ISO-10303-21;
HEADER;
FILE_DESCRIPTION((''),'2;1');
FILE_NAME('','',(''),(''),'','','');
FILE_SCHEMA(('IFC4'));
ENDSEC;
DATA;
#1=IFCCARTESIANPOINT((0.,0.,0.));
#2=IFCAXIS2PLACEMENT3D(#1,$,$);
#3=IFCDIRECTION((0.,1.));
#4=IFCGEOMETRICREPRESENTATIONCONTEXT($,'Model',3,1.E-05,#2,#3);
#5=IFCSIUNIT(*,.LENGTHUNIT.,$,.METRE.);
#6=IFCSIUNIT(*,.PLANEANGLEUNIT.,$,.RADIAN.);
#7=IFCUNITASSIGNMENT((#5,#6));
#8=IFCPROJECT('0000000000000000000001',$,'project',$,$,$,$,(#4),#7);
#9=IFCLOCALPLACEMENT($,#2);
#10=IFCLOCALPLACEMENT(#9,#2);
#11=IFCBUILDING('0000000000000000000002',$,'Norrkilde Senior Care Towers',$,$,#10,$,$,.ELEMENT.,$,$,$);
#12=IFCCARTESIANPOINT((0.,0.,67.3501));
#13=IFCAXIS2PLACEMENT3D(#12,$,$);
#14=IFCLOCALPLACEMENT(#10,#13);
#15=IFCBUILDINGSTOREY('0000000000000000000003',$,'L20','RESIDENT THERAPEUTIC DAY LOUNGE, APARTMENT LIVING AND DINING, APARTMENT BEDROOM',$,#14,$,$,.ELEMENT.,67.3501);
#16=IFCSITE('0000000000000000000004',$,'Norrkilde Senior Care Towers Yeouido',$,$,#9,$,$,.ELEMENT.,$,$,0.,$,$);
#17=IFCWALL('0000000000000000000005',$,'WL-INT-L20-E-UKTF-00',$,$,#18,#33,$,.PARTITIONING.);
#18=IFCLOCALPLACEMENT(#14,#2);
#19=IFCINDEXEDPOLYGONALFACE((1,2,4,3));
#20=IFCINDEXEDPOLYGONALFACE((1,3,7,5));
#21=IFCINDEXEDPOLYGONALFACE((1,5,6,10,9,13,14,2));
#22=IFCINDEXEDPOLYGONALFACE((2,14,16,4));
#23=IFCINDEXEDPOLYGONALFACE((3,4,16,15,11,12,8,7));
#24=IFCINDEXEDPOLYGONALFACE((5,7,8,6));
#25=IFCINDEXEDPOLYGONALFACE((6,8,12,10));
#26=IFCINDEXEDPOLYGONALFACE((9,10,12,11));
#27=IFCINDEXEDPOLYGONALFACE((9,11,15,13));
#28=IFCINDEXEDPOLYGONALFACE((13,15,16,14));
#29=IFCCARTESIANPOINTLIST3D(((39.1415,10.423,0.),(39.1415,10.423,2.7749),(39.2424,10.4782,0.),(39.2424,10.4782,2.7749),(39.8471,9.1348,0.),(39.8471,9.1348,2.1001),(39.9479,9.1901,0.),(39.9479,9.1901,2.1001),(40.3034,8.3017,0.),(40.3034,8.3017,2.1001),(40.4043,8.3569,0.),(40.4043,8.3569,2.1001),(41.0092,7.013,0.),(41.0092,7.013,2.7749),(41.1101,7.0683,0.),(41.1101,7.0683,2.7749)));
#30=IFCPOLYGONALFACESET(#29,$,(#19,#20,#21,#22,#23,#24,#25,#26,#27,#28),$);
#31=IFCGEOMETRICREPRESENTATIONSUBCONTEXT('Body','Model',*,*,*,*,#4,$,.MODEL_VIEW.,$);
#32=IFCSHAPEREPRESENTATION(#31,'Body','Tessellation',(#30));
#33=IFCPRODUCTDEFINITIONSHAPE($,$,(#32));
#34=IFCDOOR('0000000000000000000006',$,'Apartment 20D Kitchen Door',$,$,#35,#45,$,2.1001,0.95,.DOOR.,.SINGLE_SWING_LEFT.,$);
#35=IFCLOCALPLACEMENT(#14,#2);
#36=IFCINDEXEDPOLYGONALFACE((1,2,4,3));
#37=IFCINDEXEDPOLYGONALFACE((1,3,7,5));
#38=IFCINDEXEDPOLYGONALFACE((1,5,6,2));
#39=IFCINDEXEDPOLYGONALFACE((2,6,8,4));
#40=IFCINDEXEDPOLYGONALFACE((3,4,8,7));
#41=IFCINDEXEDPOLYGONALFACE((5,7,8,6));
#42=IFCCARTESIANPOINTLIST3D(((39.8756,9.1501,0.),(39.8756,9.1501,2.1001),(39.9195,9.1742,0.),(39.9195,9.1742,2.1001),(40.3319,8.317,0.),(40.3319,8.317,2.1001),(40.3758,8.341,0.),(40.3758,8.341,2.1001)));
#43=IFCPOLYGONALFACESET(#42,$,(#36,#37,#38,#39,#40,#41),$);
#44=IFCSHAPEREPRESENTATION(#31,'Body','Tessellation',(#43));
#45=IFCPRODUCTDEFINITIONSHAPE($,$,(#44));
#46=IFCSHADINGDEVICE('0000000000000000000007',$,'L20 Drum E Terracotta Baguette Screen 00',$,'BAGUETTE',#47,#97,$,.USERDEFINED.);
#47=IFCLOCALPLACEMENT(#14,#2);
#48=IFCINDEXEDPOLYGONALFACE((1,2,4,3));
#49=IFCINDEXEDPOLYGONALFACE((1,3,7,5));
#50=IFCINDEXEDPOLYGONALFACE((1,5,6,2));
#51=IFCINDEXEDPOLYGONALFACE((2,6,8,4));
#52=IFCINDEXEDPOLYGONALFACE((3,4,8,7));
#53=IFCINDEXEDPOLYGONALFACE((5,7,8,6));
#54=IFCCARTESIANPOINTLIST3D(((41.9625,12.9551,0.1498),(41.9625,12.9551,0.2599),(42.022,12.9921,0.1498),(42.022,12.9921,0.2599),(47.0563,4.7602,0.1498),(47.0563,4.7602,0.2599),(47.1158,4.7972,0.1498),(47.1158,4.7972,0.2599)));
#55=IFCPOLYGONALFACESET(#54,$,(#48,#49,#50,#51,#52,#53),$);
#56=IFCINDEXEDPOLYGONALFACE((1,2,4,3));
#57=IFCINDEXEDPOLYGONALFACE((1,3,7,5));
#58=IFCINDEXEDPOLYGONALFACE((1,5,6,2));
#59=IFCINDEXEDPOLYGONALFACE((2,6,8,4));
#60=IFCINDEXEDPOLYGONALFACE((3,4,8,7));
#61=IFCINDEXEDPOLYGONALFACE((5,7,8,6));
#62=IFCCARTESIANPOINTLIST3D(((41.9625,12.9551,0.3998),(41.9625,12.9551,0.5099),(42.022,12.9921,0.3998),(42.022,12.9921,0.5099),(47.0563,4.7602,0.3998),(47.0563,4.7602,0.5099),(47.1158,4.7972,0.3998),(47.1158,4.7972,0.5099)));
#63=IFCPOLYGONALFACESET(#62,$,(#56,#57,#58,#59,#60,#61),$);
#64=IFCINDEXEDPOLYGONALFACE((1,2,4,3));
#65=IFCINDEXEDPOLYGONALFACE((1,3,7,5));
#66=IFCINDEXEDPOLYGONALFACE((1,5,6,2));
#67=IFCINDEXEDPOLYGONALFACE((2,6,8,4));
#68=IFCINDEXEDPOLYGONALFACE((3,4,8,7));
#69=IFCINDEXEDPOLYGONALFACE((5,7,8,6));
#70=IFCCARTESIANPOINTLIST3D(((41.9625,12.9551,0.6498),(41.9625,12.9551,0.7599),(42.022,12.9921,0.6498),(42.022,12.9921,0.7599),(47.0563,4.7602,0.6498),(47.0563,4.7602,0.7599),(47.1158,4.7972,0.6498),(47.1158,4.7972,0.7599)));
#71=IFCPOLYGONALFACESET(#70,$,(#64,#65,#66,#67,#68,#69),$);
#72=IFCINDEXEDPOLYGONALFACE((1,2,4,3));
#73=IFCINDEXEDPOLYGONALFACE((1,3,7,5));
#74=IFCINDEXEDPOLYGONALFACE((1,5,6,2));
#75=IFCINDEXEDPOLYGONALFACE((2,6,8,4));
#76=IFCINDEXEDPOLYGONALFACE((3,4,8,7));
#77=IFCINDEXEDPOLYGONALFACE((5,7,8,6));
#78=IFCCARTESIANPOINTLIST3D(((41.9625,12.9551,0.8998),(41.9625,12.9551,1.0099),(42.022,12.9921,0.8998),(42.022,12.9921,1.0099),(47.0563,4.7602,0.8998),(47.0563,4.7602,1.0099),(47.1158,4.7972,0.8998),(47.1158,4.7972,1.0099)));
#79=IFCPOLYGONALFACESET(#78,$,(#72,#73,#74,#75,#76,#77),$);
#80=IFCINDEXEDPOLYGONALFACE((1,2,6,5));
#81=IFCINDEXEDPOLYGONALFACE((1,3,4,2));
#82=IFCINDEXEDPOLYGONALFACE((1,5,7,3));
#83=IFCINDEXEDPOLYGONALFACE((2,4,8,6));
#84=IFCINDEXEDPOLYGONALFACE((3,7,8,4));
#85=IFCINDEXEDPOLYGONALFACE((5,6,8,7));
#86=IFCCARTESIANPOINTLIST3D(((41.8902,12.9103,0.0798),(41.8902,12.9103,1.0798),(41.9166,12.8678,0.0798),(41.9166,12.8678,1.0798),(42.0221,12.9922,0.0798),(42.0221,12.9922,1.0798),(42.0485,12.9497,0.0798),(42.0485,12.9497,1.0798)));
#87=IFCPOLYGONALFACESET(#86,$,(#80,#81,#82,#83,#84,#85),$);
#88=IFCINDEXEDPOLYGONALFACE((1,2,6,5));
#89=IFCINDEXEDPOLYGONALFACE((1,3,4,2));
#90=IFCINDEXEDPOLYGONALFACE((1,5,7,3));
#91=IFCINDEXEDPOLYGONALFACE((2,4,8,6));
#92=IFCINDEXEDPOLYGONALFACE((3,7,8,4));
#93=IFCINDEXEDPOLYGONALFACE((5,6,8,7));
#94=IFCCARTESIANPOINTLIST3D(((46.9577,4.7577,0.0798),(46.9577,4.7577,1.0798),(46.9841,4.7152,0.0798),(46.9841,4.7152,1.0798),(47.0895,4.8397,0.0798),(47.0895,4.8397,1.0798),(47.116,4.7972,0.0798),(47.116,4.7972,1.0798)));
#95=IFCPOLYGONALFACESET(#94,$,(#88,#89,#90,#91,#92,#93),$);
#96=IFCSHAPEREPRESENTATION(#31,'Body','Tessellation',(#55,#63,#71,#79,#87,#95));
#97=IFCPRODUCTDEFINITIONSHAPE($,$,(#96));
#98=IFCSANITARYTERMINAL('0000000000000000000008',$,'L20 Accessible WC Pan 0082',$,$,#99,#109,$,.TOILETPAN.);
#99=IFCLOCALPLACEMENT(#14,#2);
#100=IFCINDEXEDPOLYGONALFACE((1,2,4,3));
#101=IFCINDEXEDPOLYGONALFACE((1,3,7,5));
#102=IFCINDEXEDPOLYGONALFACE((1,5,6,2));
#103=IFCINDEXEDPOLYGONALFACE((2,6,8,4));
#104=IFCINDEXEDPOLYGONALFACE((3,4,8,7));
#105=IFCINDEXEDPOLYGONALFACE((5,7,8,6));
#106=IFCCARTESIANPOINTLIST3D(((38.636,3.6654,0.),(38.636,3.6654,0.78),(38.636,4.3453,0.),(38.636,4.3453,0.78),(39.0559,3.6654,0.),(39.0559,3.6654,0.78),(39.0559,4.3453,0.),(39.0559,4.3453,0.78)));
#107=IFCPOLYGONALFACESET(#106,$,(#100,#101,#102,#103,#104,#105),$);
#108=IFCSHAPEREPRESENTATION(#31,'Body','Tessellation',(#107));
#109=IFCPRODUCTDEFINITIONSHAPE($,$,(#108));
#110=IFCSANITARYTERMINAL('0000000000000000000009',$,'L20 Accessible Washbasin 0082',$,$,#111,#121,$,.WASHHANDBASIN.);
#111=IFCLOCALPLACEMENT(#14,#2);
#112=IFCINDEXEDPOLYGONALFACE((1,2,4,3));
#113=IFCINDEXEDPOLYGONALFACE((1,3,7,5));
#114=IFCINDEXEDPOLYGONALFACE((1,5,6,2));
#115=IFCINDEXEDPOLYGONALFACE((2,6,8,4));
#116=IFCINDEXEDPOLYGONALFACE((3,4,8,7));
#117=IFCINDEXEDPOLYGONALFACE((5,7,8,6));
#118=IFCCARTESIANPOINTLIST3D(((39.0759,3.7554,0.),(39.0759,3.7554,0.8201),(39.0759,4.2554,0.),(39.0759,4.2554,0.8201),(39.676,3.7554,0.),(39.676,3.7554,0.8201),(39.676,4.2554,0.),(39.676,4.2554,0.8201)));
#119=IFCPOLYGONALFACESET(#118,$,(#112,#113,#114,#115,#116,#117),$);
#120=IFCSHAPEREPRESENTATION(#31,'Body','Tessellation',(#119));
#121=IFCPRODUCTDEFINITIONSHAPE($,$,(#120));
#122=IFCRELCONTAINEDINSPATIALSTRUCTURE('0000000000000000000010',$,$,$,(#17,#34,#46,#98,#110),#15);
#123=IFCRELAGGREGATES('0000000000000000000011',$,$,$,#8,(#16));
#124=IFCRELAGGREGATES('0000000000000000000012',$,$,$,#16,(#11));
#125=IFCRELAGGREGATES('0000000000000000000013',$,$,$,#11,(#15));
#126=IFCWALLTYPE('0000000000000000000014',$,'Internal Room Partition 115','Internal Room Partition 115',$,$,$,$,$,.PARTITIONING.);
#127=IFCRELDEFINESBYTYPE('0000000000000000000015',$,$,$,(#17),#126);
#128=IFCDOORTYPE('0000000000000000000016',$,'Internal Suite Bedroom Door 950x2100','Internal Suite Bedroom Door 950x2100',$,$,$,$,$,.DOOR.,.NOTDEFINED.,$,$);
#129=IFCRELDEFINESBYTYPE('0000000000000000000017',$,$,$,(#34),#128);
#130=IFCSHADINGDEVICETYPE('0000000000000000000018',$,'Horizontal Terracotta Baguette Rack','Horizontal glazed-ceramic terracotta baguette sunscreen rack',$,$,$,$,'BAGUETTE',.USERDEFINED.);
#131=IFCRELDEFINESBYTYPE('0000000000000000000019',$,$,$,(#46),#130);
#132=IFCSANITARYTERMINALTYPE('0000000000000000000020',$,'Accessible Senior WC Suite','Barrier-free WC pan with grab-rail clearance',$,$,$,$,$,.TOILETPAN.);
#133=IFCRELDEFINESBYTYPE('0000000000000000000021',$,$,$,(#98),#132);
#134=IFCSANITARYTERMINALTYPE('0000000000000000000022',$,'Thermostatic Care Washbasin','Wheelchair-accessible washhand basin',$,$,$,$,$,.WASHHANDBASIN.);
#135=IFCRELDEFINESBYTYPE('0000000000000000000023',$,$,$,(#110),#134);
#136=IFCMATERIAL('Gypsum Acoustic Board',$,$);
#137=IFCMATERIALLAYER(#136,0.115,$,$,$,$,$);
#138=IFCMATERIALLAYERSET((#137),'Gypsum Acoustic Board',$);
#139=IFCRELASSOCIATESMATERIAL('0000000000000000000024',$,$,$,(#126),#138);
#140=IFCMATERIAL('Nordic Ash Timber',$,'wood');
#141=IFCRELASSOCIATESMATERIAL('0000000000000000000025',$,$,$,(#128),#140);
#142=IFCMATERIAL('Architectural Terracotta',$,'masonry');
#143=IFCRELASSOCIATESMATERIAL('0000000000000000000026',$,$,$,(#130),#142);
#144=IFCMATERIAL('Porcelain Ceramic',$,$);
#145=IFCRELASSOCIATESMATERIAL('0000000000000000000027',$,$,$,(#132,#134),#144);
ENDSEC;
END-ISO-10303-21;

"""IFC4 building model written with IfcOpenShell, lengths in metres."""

from ifc_helpers import new_model, si_unit, direction, frame, frame_2d, origin, origin_2d, place, context, subcontext, project, spatial, rectangle, extrude, source, transform, mapped, material, layer, layer_set, type_object, type_shapes, element, fill, save


model = new_model("IFC4")

# Units and contexts
model_context = context("Model", 3, precision=1e-05, world=origin(), true_north=direction((0.0, 1.0)))
body_context = subcontext(model_context, "Body", "Model", "MODEL_VIEW")
ifc_project = project(units=[si_unit("LENGTHUNIT", "METRE"), si_unit("PLANEANGLEUNIT", "RADIAN")], contexts=[model_context])

# Site, building, storey
site_placement = place(None, origin())
site = spatial("IfcSite", under=ifc_project, at=site_placement, Name="Norrkilde Senior Care Towers Yeouido", CompositionType="ELEMENT", RefElevation=0.0)
building_placement = place(site_placement, origin())
building = spatial("IfcBuilding", under=site, at=building_placement, Name="Norrkilde Senior Care Towers", CompositionType="ELEMENT")
storey_placement = place(building_placement, frame((0.0, 0.0, 67.3501)))
storey = spatial("IfcBuildingStorey", under=building, at=storey_placement, Name="L20", Description="RESIDENT THERAPEUTIC DAY LOUNGE, APARTMENT LIVING AND DINING, APARTMENT BEDROOM", CompositionType="ELEMENT", Elevation=67.3501)

# Shared definitions
ifc_material_1 = material(Name="Gypsum Acoustic Board")

# Shared definitions
ifc_layer_1 = layer(ifc_material_1, 0.115)
ifc_layer_set_1 = layer_set([ifc_layer_1], Name="Gypsum Acoustic Board")
wall_type_1 = type_object("IfcWallType", Name="Internal Room Partition 115", Description="Internal Room Partition 115", PredefinedType="PARTITIONING", material=ifc_layer_set_1)
ifc_material_2 = material(Name="Nordic Ash Timber", Category="wood")
door_type_1 = type_object("IfcDoorType", Name="Internal Suite Bedroom Door 950x2100", Description="Internal Suite Bedroom Door 950x2100", OperationType="NOTDEFINED", PredefinedType="DOOR", material=ifc_material_2)
shared_shape_1 = source(origin(), body_context, "Body", "SweptSolid", [
    extrude(rectangle(XDim=0.95, YDim=2.1001, at=frame_2d((0.4751, 1.05))), frame((0.0, 0.0249, 0.0), z_axis=(0.0, -1.0, 0.0), x_axis=(1.0, 0.0, 0.0)), (0.0, 0.0, 1.0), 0.05),
])
type_shapes(door_type_1, [shared_shape_1])

# Wall, opening, door
shared_shape_2 = source(origin(), body_context, "Body", "SweptSolid", [
    extrude(rectangle(XDim=3.8879, YDim=0.115, at=frame_2d((1.9438, 0.0))), origin(), (0.0, 0.0, 1.0), 2.7749),
])
wall_1_placement = place(storey_placement, frame((41.0596, 7.0408, 0.0), z_axis=(0.0, 0.0, 1.0), x_axis=(-0.480382, 0.877059, 0.0)))
wall_1 = element("IfcWall", 1, at=wall_1_placement, inside=storey, type_object=wall_type_1, Name="WL-INT-L20-E-UKTF-00", PredefinedType="PARTITIONING", context=body_context, shape_type="MappedRepresentation", body=[
    mapped(shared_shape_2, transform((0.0, 0.0, 0.0), x_axis=(1.0, 0.0, 0.0), y_axis=(0.0, 1.0, 0.0), z_axis=(0.0, 0.0, 1.0), scale=1.0)),
])
opening_1_placement = place(wall_1_placement, frame((1.469, 0.0, 0.0)))
opening_1 = element("IfcOpeningElement", 2, at=opening_1_placement, cuts=wall_1, PredefinedType="OPENING", context=body_context, shape_type="SweptSolid", body=[
    extrude(rectangle(XDim=0.95, YDim=2.1001, at=frame_2d((0.4751, 1.05))), frame((0.0, 0.0674, 0.0), z_axis=(0.0, -1.0, 0.0), x_axis=(1.0, 0.0, 0.0)), (0.0, 0.0, 1.0), 0.135),
])
door_1_placement = place(opening_1_placement, frame((0.95, 0.0, 0.0), z_axis=(0.0, 0.0, 1.0), x_axis=(-1.0, 0.0, 0.0)))
door_1 = element("IfcDoor", 3, at=door_1_placement, inside=storey, type_object=door_type_1, Name="Apartment 20D Kitchen Door", OperationType="SINGLE_SWING_LEFT", OverallHeight=2.1001, OverallWidth=0.95, PredefinedType="DOOR", context=body_context, shape_type="MappedRepresentation", body=[
    mapped(shared_shape_1, transform((0.0, 0.0, 0.0), x_axis=(1.0, 0.0, 0.0), y_axis=(0.0, 1.0, 0.0), z_axis=(0.0, 0.0, 1.0), scale=1.0)),
])
fill(opening_1, door_1)

# Shading device
ifc_material_3 = material(Name="Architectural Terracotta", Category="masonry")
shading_device_type = type_object("IfcShadingDeviceType", Name="Horizontal Terracotta Baguette Rack", Description="Horizontal glazed-ceramic terracotta baguette sunscreen rack", ElementType="BAGUETTE", PredefinedType="USERDEFINED", material=ifc_material_3)
shared_shape_3 = source(origin(), body_context, "Body", "SweptSolid", [
    extrude(rectangle(XDim=0.0701, YDim=0.1101, at=origin_2d()), frame((0.0, 0.0901, 0.125), z_axis=(1.0, 0.0, 0.0), x_axis=(0.0, 1.0, 0.0)), (0.0, 0.0, 1.0), 9.6489),
    extrude(rectangle(XDim=0.0701, YDim=0.1101, at=origin_2d()), frame((0.0, 0.0901, 0.375), z_axis=(1.0, 0.0, 0.0), x_axis=(0.0, 1.0, 0.0)), (0.0, 0.0, 1.0), 9.6489),
    extrude(rectangle(XDim=0.0701, YDim=0.1101, at=origin_2d()), frame((0.0, 0.0901, 0.625), z_axis=(1.0, 0.0, 0.0), x_axis=(0.0, 1.0, 0.0)), (0.0, 0.0, 1.0), 9.6489),
    extrude(rectangle(XDim=0.0701, YDim=0.1101, at=origin_2d()), frame((0.0, 0.0901, 0.875), z_axis=(1.0, 0.0, 0.0), x_axis=(0.0, 1.0, 0.0)), (0.0, 0.0, 1.0), 9.6489),
    extrude(rectangle(XDim=0.05, YDim=0.1553, at=origin_2d()), frame((0.0249, 0.0476, 0.0)), (0.0, 0.0, 1.0), 1.0),
    extrude(rectangle(XDim=0.05, YDim=0.1553, at=origin_2d()), frame((9.624, 0.0476, 0.0)), (0.0, 0.0, 1.0), 1.0),
])
type_shapes(shading_device_type, [shared_shape_3])
shading_device_placement = place(storey_placement, frame((41.9158, 12.926, 0.0798), z_axis=(0.0, 0.0, 1.0), x_axis=(0.527909, -0.849299, 0.0)))
element("IfcShadingDevice", 4, at=shading_device_placement, inside=storey, type_object=shading_device_type, Name="L20 Drum E Terracotta Baguette Screen 00", ObjectType="BAGUETTE", PredefinedType="USERDEFINED", context=body_context, shape_type="MappedRepresentation", body=[
    mapped(shared_shape_3, transform((0.0, 0.0, 0.0), x_axis=(1.0, 0.0, 0.0), y_axis=(0.0, 1.0, 0.0), z_axis=(0.0, 0.0, 1.0), scale=1.0)),
])

# Sanitary terminals
ifc_material_4 = material(Name="Porcelain Ceramic")
sanitary_terminal_type_1 = type_object("IfcSanitaryTerminalType", Name="Accessible Senior WC Suite", Description="Barrier-free WC pan with grab-rail clearance", PredefinedType="TOILETPAN", material=ifc_material_4)
shared_shape_4 = source(origin(), body_context, "Body", "SweptSolid", [
    extrude(rectangle(XDim=0.4199, YDim=0.6799, at=origin_2d()), origin(), (0.0, 0.0, 1.0), 0.78),
])
type_shapes(sanitary_terminal_type_1, [shared_shape_4])
sanitary_terminal_1_placement = place(storey_placement, frame((38.8459, 4.0054, 0.0), z_axis=(0.0, 0.0, 1.0), x_axis=(1.0, 0.0, 0.0)))
element("IfcSanitaryTerminal", 5, at=sanitary_terminal_1_placement, inside=storey, type_object=sanitary_terminal_type_1, Name="L20 Accessible WC Pan 0082", PredefinedType="TOILETPAN", context=body_context, shape_type="MappedRepresentation", body=[
    mapped(shared_shape_4, transform((0.0, 0.0, 0.0), x_axis=(1.0, 0.0, 0.0), y_axis=(0.0, 1.0, 0.0), z_axis=(0.0, 0.0, 1.0), scale=1.0)),
])
sanitary_terminal_type_2 = type_object("IfcSanitaryTerminalType", Name="Thermostatic Care Washbasin", Description="Wheelchair-accessible washhand basin", PredefinedType="WASHHANDBASIN", material=ifc_material_4)
shared_shape_5 = source(origin(), body_context, "Body", "SweptSolid", [
    extrude(rectangle(XDim=0.6001, YDim=0.5, at=origin_2d()), origin(), (0.0, 0.0, 1.0), 0.8201),
])
type_shapes(sanitary_terminal_type_2, [shared_shape_5])
sanitary_terminal_2_placement = place(storey_placement, frame((39.376, 4.0054, 0.0), z_axis=(0.0, 0.0, 1.0), x_axis=(1.0, 0.0, 0.0)))
element("IfcSanitaryTerminal", 6, at=sanitary_terminal_2_placement, inside=storey, type_object=sanitary_terminal_type_2, Name="L20 Accessible Washbasin 0082", PredefinedType="WASHHANDBASIN", context=body_context, shape_type="MappedRepresentation", body=[
    mapped(shared_shape_5, transform((0.0, 0.0, 0.0), x_axis=(1.0, 0.0, 0.0), y_axis=(0.0, 1.0, 0.0), z_axis=(0.0, 0.0, 1.0), scale=1.0)),
])

save(model, "model.ifc")
